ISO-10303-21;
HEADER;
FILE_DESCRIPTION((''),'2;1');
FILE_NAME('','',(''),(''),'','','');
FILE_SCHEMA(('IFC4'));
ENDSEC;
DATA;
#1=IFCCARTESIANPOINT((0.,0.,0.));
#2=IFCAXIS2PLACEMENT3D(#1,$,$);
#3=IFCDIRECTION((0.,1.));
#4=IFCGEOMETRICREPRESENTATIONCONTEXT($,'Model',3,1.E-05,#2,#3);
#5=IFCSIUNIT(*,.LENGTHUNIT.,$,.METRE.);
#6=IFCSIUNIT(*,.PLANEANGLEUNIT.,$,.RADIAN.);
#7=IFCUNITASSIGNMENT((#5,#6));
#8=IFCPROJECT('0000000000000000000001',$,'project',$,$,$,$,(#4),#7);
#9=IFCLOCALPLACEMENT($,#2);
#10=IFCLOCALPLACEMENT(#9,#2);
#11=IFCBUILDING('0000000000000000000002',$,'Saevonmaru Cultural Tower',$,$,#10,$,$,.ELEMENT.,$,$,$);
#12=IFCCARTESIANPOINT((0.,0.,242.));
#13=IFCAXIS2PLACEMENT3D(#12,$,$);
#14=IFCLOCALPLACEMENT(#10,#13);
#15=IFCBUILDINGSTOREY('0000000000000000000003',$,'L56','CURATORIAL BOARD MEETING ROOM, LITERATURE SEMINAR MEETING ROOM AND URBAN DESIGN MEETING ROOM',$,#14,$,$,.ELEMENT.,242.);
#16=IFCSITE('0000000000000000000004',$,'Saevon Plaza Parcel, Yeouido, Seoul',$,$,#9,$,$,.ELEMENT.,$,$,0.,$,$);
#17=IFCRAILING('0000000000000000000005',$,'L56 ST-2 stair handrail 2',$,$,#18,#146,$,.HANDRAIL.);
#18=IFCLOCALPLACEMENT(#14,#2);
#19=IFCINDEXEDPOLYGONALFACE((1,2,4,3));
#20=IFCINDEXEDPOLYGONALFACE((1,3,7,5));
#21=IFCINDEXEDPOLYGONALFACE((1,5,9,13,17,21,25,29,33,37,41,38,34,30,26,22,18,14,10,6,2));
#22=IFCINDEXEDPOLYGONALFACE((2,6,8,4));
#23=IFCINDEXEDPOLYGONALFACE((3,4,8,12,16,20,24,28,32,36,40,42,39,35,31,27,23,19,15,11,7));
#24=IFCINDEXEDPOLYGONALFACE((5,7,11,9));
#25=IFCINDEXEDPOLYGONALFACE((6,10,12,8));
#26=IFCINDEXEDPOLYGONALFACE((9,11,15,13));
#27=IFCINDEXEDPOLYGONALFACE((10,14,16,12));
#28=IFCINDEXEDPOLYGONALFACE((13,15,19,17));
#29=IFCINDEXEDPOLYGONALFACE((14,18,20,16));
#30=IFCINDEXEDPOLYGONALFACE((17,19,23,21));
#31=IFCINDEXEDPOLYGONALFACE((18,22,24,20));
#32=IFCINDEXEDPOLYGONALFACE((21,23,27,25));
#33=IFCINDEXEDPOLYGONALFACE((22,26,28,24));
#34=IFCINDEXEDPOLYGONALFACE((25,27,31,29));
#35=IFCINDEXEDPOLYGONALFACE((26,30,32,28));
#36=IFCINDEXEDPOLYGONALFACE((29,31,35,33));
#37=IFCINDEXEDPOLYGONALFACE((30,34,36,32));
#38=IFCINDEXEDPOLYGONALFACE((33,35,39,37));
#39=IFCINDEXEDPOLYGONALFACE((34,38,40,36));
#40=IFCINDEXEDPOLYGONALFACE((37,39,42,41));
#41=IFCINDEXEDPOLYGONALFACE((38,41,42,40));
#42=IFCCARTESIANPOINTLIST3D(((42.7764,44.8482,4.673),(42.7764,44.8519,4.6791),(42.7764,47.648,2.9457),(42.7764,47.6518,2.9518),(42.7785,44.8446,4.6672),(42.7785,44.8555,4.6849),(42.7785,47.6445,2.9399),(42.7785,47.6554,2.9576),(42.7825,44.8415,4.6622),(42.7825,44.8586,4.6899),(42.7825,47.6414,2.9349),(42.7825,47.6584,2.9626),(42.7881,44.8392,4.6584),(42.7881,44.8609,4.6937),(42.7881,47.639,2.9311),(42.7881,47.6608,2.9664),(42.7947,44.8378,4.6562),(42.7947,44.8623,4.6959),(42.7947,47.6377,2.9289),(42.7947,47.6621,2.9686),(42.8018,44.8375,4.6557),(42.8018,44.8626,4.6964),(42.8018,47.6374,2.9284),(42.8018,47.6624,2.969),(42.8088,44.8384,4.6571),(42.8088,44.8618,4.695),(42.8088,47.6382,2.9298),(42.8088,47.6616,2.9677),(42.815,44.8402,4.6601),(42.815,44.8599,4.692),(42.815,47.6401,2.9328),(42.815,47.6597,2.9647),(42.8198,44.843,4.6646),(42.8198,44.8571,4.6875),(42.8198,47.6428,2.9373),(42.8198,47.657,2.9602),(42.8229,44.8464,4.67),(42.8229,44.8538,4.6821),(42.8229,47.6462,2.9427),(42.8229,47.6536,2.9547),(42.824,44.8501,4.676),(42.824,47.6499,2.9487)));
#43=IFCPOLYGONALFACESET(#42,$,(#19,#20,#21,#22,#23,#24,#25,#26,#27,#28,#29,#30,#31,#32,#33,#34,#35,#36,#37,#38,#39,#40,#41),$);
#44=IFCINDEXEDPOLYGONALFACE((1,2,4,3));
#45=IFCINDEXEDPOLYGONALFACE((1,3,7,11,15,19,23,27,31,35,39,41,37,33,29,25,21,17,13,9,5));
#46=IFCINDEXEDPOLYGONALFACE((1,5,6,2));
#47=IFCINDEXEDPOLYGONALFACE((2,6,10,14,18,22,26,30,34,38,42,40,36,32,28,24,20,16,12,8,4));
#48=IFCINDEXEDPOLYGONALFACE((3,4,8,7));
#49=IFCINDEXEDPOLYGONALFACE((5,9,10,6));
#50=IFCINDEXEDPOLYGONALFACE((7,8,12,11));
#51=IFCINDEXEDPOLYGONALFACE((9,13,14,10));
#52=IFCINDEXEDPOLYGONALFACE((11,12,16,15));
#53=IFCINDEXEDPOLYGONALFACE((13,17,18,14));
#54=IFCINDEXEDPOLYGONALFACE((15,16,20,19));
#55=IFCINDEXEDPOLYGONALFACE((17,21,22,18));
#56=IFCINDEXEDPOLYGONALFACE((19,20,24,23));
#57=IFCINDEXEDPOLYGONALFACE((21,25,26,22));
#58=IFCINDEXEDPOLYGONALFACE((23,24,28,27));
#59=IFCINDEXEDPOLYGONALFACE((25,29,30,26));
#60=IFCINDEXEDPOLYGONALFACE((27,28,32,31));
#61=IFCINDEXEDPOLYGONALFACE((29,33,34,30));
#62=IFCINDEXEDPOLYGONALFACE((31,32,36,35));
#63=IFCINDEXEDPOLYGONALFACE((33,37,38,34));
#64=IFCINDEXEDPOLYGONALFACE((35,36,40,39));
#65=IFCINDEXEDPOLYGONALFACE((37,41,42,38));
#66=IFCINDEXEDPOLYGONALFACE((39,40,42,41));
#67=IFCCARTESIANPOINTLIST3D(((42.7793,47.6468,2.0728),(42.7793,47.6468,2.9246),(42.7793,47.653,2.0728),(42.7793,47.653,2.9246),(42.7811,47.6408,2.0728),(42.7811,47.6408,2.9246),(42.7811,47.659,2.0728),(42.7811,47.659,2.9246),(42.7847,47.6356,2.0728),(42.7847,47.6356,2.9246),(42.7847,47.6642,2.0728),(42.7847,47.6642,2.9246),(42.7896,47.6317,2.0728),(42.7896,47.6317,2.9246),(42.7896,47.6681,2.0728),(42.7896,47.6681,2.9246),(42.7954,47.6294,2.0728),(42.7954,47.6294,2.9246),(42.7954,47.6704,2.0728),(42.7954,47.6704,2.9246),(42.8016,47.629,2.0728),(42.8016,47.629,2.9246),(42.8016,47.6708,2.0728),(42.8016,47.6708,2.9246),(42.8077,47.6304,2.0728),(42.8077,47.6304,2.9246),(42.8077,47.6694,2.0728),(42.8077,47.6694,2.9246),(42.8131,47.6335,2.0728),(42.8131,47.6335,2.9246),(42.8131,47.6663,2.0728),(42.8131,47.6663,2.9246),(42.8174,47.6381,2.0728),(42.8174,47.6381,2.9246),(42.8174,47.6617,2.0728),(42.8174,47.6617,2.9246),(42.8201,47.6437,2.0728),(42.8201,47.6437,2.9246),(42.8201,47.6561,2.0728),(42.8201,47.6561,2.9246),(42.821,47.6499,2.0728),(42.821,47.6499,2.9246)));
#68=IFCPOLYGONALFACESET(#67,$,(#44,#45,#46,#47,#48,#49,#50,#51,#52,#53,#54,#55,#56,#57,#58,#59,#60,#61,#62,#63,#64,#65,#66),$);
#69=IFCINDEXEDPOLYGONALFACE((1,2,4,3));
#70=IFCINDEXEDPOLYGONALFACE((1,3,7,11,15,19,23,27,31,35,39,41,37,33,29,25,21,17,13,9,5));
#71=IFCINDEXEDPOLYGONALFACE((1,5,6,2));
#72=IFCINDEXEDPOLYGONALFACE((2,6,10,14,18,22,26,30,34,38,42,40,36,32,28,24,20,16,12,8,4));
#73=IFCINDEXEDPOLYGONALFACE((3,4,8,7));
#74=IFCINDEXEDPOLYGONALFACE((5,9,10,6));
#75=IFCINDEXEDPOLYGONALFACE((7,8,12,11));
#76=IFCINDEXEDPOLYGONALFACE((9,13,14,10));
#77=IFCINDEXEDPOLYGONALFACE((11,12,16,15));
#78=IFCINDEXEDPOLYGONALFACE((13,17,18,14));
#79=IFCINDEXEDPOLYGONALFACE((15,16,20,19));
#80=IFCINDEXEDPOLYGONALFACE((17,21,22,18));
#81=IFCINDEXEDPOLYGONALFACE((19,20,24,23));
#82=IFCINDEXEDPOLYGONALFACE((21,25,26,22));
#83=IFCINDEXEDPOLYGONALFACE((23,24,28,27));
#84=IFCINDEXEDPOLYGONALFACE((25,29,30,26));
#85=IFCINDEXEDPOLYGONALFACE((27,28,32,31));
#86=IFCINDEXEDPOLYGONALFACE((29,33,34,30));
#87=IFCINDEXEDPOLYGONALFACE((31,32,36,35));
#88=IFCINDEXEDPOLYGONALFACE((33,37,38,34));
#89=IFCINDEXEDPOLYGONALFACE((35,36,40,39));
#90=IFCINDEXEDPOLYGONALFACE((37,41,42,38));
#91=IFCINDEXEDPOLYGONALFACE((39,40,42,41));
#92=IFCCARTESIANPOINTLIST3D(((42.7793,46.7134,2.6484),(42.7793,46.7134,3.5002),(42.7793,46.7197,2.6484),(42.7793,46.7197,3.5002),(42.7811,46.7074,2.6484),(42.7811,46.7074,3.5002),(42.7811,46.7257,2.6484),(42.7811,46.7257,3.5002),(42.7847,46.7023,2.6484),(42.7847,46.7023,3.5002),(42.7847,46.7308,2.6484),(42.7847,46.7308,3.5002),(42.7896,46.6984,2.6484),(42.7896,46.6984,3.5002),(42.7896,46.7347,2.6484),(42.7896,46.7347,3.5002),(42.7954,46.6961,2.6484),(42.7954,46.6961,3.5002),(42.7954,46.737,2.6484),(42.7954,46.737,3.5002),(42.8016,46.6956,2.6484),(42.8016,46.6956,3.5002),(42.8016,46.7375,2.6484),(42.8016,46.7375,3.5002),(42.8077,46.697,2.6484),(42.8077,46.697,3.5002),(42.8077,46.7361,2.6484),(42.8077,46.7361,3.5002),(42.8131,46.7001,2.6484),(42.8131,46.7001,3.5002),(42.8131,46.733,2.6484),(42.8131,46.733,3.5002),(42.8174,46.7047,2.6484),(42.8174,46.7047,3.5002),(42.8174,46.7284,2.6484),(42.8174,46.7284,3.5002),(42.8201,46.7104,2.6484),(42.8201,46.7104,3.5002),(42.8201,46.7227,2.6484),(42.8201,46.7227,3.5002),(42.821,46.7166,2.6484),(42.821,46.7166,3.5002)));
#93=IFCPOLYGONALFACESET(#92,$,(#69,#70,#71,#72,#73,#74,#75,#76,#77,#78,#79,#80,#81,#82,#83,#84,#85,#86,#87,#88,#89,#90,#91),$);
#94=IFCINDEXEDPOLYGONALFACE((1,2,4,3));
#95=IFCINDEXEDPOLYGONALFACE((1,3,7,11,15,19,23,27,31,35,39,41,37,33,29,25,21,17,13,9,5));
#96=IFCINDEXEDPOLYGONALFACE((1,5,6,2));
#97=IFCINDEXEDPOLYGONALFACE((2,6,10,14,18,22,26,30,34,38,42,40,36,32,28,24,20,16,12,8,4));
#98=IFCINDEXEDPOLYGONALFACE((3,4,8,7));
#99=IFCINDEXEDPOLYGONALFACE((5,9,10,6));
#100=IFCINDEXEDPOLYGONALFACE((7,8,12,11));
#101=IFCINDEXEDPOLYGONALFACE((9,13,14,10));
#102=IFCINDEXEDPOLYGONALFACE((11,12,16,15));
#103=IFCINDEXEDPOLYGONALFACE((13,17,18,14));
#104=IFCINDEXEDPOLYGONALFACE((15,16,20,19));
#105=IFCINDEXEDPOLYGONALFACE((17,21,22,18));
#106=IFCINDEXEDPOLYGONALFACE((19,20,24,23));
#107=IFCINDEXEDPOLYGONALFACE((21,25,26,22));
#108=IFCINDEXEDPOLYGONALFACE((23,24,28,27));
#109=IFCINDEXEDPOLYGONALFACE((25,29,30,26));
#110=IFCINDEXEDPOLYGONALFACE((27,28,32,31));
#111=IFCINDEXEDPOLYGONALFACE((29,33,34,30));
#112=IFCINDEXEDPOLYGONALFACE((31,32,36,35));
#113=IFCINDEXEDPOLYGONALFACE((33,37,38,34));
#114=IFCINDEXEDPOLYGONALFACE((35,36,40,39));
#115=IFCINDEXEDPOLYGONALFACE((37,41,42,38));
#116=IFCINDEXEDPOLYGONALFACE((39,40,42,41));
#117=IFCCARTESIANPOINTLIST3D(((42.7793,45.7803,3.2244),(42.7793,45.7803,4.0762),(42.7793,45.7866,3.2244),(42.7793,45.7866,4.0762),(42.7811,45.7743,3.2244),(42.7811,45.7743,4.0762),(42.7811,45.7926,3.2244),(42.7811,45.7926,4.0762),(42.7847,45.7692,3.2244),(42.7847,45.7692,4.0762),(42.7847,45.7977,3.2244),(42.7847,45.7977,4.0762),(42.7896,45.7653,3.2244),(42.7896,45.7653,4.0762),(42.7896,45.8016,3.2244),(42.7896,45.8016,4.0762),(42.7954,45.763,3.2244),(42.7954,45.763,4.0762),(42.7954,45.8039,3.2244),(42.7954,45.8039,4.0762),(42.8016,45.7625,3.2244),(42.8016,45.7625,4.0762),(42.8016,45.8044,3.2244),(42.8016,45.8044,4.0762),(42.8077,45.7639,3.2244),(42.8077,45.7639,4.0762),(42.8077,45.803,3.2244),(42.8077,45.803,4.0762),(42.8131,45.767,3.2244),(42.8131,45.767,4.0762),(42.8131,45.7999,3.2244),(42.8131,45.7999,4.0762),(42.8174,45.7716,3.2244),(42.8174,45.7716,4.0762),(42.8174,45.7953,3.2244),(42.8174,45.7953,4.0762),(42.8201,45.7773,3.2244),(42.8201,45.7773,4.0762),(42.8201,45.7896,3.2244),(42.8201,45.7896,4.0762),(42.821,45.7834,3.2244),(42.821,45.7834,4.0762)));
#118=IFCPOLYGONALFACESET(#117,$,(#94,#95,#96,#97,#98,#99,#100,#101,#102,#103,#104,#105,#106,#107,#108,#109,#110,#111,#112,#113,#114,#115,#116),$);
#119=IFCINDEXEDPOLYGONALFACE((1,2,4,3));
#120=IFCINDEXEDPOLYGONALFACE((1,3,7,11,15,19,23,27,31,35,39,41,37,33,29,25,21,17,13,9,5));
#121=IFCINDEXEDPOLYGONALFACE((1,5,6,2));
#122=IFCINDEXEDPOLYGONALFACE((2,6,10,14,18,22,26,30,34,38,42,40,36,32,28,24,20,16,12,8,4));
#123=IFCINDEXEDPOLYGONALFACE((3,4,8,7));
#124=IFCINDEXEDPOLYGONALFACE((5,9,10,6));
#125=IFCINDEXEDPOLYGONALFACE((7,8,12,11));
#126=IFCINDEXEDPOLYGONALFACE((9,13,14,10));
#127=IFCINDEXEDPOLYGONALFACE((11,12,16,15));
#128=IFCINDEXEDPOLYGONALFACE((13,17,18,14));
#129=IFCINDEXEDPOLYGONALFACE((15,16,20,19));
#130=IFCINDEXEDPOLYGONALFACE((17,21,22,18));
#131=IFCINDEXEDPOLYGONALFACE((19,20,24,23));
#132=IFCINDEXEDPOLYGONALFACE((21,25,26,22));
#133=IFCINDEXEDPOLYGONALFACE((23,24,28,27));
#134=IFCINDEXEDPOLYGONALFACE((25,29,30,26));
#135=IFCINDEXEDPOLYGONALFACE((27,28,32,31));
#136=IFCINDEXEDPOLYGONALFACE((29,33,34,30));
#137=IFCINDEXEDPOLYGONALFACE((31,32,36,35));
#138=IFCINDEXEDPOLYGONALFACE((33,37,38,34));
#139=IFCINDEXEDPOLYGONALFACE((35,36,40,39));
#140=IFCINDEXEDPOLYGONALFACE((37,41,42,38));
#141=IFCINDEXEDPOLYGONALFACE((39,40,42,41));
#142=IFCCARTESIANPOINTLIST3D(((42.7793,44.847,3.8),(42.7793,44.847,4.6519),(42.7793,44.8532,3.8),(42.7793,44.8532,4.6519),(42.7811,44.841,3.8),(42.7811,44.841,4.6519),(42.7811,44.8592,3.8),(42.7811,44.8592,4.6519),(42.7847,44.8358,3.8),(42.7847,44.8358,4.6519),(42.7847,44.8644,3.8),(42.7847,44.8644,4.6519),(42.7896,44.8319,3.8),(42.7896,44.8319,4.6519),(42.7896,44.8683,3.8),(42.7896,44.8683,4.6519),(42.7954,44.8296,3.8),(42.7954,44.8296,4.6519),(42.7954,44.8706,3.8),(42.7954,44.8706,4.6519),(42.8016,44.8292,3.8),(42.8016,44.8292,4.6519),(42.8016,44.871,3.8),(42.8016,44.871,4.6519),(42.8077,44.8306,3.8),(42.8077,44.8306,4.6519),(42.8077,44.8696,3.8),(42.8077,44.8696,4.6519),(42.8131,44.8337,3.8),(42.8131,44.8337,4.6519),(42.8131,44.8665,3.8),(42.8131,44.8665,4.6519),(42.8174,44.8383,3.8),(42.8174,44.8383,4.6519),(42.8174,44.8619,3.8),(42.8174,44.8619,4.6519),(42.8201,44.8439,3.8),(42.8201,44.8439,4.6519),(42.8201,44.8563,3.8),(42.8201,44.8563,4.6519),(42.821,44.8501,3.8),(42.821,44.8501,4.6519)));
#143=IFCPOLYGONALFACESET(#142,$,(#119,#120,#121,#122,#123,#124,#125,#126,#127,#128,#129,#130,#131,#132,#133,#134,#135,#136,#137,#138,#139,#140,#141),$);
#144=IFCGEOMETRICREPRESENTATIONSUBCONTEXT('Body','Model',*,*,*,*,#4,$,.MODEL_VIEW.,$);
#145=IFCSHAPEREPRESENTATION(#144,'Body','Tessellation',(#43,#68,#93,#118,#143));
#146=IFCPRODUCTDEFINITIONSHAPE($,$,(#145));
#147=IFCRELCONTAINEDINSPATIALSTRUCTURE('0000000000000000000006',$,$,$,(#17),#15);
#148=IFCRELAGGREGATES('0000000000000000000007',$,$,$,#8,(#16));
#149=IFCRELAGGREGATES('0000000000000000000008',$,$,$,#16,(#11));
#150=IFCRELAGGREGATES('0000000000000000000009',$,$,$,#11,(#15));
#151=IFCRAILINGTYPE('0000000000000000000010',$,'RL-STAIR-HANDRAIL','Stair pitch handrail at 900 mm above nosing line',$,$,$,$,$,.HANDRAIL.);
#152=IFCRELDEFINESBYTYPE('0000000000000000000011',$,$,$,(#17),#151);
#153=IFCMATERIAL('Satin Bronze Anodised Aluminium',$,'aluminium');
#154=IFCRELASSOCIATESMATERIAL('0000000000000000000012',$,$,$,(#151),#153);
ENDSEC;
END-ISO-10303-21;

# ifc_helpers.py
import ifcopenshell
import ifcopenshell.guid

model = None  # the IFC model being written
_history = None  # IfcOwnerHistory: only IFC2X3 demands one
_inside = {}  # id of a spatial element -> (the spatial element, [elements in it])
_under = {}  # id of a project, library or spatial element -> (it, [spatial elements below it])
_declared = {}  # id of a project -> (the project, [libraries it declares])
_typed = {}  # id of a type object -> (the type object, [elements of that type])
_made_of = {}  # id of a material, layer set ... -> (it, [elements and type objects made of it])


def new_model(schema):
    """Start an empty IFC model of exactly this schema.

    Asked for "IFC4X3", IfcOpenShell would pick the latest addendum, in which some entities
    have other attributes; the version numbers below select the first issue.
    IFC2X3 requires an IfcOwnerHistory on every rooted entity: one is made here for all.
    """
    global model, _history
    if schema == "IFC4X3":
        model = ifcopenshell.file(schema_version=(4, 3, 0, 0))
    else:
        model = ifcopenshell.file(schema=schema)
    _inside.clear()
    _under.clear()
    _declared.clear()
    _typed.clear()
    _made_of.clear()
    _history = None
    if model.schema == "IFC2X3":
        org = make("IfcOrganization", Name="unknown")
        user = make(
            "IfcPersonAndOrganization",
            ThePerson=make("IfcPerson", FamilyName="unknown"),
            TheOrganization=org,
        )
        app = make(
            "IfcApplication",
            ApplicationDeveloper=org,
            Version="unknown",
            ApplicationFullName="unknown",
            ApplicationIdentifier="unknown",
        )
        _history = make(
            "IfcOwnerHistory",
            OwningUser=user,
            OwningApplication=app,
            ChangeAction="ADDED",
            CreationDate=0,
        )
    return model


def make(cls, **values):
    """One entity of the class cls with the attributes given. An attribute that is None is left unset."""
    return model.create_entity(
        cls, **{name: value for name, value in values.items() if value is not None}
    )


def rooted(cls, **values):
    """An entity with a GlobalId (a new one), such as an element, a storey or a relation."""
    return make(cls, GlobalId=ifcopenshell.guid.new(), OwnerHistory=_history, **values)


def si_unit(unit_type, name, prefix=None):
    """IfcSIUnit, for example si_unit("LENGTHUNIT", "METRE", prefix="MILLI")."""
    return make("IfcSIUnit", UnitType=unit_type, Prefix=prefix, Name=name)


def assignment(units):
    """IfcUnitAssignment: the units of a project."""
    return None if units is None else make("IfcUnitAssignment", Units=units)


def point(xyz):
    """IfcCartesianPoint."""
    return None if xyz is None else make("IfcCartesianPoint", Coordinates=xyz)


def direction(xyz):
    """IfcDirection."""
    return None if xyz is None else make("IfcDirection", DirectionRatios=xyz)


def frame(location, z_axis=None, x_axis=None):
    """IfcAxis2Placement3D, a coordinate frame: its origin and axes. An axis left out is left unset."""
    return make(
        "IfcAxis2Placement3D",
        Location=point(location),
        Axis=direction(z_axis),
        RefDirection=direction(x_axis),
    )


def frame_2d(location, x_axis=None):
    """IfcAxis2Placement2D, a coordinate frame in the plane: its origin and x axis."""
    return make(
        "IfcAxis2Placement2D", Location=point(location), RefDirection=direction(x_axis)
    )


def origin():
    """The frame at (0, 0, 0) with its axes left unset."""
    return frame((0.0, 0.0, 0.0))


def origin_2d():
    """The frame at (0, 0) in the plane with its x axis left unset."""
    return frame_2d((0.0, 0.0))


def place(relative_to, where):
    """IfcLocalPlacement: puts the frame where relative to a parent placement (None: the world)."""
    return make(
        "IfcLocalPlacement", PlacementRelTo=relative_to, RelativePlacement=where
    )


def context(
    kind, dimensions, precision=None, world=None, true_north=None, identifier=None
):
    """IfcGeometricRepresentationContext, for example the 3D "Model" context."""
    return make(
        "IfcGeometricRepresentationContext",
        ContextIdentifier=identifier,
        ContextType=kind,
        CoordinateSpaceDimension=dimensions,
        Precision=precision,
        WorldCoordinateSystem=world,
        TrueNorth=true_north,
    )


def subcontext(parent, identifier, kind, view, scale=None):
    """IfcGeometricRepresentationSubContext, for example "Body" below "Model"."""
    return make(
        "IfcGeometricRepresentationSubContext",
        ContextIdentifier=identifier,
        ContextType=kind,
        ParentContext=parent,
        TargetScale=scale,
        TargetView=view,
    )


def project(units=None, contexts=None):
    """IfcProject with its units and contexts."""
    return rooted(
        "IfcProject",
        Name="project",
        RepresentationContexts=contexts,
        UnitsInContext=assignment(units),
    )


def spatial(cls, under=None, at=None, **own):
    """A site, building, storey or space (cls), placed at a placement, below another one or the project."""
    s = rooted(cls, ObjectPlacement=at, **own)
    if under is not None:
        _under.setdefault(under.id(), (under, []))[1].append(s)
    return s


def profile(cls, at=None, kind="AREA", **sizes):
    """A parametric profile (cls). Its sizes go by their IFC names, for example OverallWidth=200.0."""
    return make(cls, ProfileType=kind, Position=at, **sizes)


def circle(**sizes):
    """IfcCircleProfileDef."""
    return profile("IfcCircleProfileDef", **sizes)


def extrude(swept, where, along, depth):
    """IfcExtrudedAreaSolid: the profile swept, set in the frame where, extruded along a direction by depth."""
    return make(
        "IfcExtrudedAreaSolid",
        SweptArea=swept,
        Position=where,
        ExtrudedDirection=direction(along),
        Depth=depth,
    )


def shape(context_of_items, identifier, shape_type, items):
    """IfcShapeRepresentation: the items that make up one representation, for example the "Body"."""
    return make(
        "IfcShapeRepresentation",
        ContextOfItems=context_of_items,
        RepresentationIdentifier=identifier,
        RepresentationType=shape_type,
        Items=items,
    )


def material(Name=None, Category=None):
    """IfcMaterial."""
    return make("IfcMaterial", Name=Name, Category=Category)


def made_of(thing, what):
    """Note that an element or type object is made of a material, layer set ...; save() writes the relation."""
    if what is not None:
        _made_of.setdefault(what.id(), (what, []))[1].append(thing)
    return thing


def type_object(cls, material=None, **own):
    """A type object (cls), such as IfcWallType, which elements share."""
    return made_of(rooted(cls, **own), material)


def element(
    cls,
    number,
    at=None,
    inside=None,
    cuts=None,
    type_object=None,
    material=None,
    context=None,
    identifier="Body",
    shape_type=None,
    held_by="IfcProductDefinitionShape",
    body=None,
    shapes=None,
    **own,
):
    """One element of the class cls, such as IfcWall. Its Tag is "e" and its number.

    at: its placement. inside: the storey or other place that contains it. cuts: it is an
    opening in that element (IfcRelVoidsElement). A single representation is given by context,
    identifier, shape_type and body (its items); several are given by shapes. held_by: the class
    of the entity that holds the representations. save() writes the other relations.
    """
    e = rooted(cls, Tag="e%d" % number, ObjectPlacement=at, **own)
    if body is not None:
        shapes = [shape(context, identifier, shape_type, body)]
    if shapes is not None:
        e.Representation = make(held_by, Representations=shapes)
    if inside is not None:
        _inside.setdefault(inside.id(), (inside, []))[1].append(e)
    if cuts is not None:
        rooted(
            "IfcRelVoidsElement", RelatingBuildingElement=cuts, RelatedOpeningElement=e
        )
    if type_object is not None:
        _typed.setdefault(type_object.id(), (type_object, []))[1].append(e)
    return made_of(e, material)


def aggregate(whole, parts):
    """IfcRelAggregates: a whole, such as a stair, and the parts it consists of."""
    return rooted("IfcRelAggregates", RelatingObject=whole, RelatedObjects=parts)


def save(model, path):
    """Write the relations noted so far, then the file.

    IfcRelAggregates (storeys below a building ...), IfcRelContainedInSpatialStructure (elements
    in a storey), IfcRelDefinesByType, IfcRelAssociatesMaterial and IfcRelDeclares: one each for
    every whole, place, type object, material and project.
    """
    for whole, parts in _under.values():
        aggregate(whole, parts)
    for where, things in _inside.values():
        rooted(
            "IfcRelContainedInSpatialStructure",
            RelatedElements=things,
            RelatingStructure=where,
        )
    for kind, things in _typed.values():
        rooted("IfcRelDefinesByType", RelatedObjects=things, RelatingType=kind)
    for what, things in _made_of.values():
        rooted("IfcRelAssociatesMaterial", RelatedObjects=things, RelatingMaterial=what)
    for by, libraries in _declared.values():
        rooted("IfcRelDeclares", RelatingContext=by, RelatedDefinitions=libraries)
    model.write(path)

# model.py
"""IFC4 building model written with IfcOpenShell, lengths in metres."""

from ifc_helpers import new_model, si_unit, direction, frame, origin, origin_2d, place, context, subcontext, project, spatial, circle, extrude, material, type_object, element, save


model = new_model("IFC4")

# Units and contexts
model_context = context("Model", 3, precision=1e-05, world=origin(), true_north=direction((0.0, 1.0)))
body_context = subcontext(model_context, "Body", "Model", "MODEL_VIEW")
ifc_project = project(units=[si_unit("LENGTHUNIT", "METRE"), si_unit("PLANEANGLEUNIT", "RADIAN")], contexts=[model_context])

# Site, building, storey
site_placement = place(None, origin())
site = spatial("IfcSite", under=ifc_project, at=site_placement, Name="Saevon Plaza Parcel, Yeouido, Seoul", CompositionType="ELEMENT", RefElevation=0.0)
building_placement = place(site_placement, origin())
building = spatial("IfcBuilding", under=site, at=building_placement, Name="Saevonmaru Cultural Tower", CompositionType="ELEMENT")
storey_placement = place(building_placement, frame((0.0, 0.0, 242.0)))
storey = spatial("IfcBuildingStorey", under=building, at=storey_placement, Name="L56", Description="CURATORIAL BOARD MEETING ROOM, LITERATURE SEMINAR MEETING ROOM AND URBAN DESIGN MEETING ROOM", CompositionType="ELEMENT", Elevation=242.0)

# Shared definitions
ifc_material_1 = material(Name="Satin Bronze Anodised Aluminium", Category="aluminium")

# Railing
railing_type_1 = type_object("IfcRailingType", Name="RL-STAIR-HANDRAIL", Description="Stair pitch handrail at 900 mm above nosing line", PredefinedType="HANDRAIL", material=ifc_material_1)
railing_1_placement = place(storey_placement, frame((42.8, 47.6499, 2.0728)))
element("IfcRailing", 1, at=railing_1_placement, inside=storey, type_object=railing_type_1, Name="L56 ST-2 stair handrail 2", PredefinedType="HANDRAIL", context=body_context, shape_type="SweptSolid", body=[
    extrude(circle(Radius=0.0239, at=origin_2d()), frame((0.0, 0.0, 0.876), z_axis=(0.0, -0.851069, 0.525054), x_axis=(1.0, 0.0, 0.0)), (0.0, 0.0, 1.0), 3.2898),
    extrude(circle(Radius=0.021, at=origin_2d()), origin(), (0.0, 0.0, 1.0), 0.8518),
    extrude(circle(Radius=0.021, at=origin_2d()), frame((0.0, -0.9333, 0.5757)), (0.0, 0.0, 1.0), 0.8518),
    extrude(circle(Radius=0.021, at=origin_2d()), frame((0.0, -1.8665, 1.1516)), (0.0, 0.0, 1.0), 0.8518),
    extrude(circle(Radius=0.021, at=origin_2d()), frame((0.0, -2.7998, 1.7273)), (0.0, 0.0, 1.0), 0.8518),
])

save(model, "model.ifc")
